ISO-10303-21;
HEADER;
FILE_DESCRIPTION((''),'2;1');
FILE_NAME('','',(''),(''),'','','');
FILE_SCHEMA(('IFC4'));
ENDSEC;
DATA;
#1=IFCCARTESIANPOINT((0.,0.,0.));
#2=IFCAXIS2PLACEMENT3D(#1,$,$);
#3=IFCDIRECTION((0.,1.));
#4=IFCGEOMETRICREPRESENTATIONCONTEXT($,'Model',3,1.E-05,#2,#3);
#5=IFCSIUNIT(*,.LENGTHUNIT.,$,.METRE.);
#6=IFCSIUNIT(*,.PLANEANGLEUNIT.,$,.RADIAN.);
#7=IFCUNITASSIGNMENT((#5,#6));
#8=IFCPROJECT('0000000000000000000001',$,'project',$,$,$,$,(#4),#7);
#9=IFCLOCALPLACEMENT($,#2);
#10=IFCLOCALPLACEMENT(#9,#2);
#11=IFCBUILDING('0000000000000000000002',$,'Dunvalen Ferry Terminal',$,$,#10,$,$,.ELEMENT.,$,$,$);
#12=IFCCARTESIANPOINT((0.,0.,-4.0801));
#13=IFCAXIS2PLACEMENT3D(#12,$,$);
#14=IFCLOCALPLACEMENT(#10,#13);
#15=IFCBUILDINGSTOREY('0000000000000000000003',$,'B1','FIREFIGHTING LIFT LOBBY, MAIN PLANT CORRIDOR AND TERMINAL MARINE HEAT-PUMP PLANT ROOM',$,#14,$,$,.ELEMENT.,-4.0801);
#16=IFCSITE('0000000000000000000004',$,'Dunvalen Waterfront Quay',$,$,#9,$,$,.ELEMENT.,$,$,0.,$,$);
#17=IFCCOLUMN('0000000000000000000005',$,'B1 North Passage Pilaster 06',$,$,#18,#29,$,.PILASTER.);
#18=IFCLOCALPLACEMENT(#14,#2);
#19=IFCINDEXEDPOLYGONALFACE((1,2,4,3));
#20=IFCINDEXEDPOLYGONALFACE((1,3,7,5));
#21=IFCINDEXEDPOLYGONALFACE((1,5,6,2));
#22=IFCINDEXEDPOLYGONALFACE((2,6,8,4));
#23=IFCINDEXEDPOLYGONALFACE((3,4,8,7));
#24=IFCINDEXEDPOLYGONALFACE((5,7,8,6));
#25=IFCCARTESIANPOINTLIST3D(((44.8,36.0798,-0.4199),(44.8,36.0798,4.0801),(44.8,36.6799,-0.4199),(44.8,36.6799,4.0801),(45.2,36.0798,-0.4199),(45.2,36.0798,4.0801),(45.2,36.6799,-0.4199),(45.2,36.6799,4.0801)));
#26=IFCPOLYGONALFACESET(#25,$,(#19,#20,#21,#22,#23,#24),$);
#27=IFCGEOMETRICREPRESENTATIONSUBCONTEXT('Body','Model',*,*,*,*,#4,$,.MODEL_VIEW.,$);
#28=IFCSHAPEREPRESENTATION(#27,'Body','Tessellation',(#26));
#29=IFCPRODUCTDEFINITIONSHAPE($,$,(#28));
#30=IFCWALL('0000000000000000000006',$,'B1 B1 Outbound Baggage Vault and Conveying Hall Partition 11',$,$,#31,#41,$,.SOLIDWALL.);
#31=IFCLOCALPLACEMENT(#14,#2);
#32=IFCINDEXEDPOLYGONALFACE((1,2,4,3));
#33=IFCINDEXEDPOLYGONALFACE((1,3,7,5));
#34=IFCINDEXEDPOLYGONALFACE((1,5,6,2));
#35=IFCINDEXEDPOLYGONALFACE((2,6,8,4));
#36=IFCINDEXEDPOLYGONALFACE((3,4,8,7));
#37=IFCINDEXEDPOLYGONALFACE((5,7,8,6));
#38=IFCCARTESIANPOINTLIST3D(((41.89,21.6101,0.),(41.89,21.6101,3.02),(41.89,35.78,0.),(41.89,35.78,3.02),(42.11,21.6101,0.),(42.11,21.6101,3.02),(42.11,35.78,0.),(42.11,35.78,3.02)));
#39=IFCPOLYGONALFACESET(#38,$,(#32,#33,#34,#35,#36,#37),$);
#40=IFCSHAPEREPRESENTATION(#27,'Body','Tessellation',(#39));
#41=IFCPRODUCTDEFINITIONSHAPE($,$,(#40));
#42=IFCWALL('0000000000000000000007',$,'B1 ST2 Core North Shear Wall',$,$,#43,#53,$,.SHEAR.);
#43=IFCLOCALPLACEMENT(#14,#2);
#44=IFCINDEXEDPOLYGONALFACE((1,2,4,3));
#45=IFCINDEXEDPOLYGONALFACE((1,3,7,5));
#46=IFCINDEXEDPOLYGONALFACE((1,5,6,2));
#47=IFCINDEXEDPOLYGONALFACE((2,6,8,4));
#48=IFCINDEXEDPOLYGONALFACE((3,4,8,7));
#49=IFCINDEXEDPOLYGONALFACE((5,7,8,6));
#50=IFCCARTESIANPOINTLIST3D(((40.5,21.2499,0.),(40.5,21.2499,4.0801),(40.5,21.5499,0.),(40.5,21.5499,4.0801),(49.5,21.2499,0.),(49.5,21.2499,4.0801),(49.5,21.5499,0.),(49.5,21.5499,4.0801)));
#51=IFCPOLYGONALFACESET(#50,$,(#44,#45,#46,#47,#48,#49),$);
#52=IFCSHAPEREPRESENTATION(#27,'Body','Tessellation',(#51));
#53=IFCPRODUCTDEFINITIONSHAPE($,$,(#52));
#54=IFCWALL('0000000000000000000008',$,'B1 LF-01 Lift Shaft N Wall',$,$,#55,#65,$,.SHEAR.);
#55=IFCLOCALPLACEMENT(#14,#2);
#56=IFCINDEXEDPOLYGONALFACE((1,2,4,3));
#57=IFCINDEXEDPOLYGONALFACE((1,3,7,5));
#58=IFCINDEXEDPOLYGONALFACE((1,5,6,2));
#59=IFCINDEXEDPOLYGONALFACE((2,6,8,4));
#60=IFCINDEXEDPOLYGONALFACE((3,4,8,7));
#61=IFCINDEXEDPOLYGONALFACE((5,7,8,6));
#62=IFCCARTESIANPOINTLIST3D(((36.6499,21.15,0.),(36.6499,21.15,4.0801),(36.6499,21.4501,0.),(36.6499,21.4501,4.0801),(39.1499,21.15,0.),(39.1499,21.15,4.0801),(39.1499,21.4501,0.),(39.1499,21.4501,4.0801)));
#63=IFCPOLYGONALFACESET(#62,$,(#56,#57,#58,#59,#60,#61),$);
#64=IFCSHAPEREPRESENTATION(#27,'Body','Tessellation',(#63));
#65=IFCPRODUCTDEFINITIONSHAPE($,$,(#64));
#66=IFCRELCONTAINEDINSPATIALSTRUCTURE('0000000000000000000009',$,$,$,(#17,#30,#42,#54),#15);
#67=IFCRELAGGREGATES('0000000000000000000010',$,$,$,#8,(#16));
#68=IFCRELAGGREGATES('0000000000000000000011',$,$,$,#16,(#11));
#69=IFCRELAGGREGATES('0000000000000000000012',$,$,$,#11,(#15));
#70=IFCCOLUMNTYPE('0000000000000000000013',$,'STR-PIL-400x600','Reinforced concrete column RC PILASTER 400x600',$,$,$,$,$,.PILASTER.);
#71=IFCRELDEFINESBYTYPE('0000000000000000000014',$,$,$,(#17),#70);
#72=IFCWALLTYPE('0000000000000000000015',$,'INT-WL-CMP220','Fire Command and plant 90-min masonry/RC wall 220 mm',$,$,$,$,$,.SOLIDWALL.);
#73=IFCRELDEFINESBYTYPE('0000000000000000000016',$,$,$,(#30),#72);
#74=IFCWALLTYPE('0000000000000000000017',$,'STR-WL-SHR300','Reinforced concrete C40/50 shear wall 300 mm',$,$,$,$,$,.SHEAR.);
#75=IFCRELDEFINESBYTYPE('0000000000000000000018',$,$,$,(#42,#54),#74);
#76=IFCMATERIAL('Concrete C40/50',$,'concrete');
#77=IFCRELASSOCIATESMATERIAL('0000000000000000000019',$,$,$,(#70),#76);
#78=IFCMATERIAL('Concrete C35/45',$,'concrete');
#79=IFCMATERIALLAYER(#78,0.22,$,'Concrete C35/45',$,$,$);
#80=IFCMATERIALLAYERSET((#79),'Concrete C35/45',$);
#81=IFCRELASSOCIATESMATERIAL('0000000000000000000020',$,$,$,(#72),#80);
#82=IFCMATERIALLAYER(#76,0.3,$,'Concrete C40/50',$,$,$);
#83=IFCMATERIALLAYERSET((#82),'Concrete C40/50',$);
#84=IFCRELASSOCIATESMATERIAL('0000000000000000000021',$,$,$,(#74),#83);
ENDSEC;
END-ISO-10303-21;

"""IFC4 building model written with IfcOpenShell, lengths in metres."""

from ifc_helpers import new_model, si_unit, direction, frame, frame_2d, origin, origin_2d, place, context, subcontext, project, spatial, rectangle, extrude, material, layer, layer_set, material_profile, profile_set, type_object, element, save


model = new_model("IFC4")

# Units and contexts
model_context = context("Model", 3, precision=1e-05, world=origin(), true_north=direction((0.0, 1.0)))
body_context = subcontext(model_context, "Body", "Model", "MODEL_VIEW")
ifc_project = project(units=[si_unit("LENGTHUNIT", "METRE"), si_unit("PLANEANGLEUNIT", "RADIAN")], contexts=[model_context])

# Site, building, storey
site_placement = place(None, origin())
site = spatial("IfcSite", under=ifc_project, at=site_placement, Name="Dunvalen Waterfront Quay", CompositionType="ELEMENT", RefElevation=0.0)
building_placement = place(site_placement, origin())
building = spatial("IfcBuilding", under=site, at=building_placement, Name="Dunvalen Ferry Terminal", CompositionType="ELEMENT")
storey_placement = place(building_placement, frame((0.0, 0.0, -4.0801)))
storey = spatial("IfcBuildingStorey", under=building, at=storey_placement, Name="B1", Description="FIREFIGHTING LIFT LOBBY, MAIN PLANT CORRIDOR AND TERMINAL MARINE HEAT-PUMP PLANT ROOM", CompositionType="ELEMENT", Elevation=-4.0801)

# Shared definitions
ifc_material_1 = material(Name="Concrete C40/50", Category="concrete")

# Column
ifc_material_profile_1 = material_profile(ifc_material_1, rectangle(XDim=0.3999, YDim=0.6001, at=origin_2d()), Name="Concrete C40/50")
ifc_profile_set_1 = profile_set([ifc_material_profile_1], Name="Concrete C40/50")
column_type_1 = type_object("IfcColumnType", Name="STR-PIL-400x600", Description="Reinforced concrete column RC PILASTER 400x600", PredefinedType="PILASTER", material=ifc_profile_set_1)
for number, where, z_axis, x_axis, name in (
    (1, (45.0, 36.3799, -0.4199), (0.0, 0.0, 1.0), (1.0, 0.0, 0.0), "B1 North Passage Pilaster 06"),
):
    element("IfcColumn", number, at=place(storey_placement, frame(where, z_axis=z_axis, x_axis=x_axis)), inside=storey, type_object=column_type_1, Name=name, PredefinedType="PILASTER", context=body_context, shape_type="SweptSolid", body=[
        extrude(rectangle(XDim=0.3999, YDim=0.6001, at=origin_2d()), origin(), (0.0, 0.0, 1.0), 4.5),
    ])

# Walls
ifc_material_2 = material(Name="Concrete C35/45", Category="concrete")
ifc_layer_1 = layer(ifc_material_2, 0.22, Name="Concrete C35/45")
ifc_layer_set_1 = layer_set([ifc_layer_1], Name="Concrete C35/45")
wall_type_1 = type_object("IfcWallType", Name="INT-WL-CMP220", Description="Fire Command and plant 90-min masonry/RC wall 220 mm", PredefinedType="SOLIDWALL", material=ifc_layer_set_1)
wall_1_placement = place(storey_placement, frame((42.0, 21.6101, 0.0), z_axis=(0.0, 0.0, 1.0), x_axis=(0.0, 1.0, 0.0)))
element("IfcWall", 2, at=wall_1_placement, inside=storey, type_object=wall_type_1, Name="B1 B1 Outbound Baggage Vault and Conveying Hall Partition 11", PredefinedType="SOLIDWALL", context=body_context, shape_type="SweptSolid", body=[
    extrude(rectangle(XDim=14.1699, YDim=0.22, at=frame_2d((7.085, 0.0))), origin(), (0.0, 0.0, 1.0), 3.02),
])
ifc_layer_2 = layer(ifc_material_1, 0.3, Name="Concrete C40/50")
ifc_layer_set_2 = layer_set([ifc_layer_2], Name="Concrete C40/50")
wall_type_2 = type_object("IfcWallType", Name="STR-WL-SHR300", Description="Reinforced concrete C40/50 shear wall 300 mm", PredefinedType="SHEAR", material=ifc_layer_set_2)
wall_2_placement = place(storey_placement, frame((40.5, 21.3999, 0.0), z_axis=(0.0, 0.0, 1.0), x_axis=(1.0, 0.0, 0.0)))
element("IfcWall", 3, at=wall_2_placement, inside=storey, type_object=wall_type_2, Name="B1 ST2 Core North Shear Wall", PredefinedType="SHEAR", context=body_context, shape_type="SweptSolid", body=[
    extrude(rectangle(XDim=9.0, YDim=0.3, at=frame_2d((4.5, 0.0))), origin(), (0.0, 0.0, 1.0), 4.0801),
])
wall_3_placement = place(storey_placement, frame((36.6499, 21.3, 0.0), z_axis=(0.0, 0.0, 1.0), x_axis=(1.0, 0.0, 0.0)))
element("IfcWall", 4, at=wall_3_placement, inside=storey, type_object=wall_type_2, Name="B1 LF-01 Lift Shaft N Wall", PredefinedType="SHEAR", context=body_context, shape_type="SweptSolid", body=[
    extrude(rectangle(XDim=2.5, YDim=0.3, at=frame_2d((1.25, 0.0))), origin(), (0.0, 0.0, 1.0), 4.0801),
])

save(model, "model.ifc")
